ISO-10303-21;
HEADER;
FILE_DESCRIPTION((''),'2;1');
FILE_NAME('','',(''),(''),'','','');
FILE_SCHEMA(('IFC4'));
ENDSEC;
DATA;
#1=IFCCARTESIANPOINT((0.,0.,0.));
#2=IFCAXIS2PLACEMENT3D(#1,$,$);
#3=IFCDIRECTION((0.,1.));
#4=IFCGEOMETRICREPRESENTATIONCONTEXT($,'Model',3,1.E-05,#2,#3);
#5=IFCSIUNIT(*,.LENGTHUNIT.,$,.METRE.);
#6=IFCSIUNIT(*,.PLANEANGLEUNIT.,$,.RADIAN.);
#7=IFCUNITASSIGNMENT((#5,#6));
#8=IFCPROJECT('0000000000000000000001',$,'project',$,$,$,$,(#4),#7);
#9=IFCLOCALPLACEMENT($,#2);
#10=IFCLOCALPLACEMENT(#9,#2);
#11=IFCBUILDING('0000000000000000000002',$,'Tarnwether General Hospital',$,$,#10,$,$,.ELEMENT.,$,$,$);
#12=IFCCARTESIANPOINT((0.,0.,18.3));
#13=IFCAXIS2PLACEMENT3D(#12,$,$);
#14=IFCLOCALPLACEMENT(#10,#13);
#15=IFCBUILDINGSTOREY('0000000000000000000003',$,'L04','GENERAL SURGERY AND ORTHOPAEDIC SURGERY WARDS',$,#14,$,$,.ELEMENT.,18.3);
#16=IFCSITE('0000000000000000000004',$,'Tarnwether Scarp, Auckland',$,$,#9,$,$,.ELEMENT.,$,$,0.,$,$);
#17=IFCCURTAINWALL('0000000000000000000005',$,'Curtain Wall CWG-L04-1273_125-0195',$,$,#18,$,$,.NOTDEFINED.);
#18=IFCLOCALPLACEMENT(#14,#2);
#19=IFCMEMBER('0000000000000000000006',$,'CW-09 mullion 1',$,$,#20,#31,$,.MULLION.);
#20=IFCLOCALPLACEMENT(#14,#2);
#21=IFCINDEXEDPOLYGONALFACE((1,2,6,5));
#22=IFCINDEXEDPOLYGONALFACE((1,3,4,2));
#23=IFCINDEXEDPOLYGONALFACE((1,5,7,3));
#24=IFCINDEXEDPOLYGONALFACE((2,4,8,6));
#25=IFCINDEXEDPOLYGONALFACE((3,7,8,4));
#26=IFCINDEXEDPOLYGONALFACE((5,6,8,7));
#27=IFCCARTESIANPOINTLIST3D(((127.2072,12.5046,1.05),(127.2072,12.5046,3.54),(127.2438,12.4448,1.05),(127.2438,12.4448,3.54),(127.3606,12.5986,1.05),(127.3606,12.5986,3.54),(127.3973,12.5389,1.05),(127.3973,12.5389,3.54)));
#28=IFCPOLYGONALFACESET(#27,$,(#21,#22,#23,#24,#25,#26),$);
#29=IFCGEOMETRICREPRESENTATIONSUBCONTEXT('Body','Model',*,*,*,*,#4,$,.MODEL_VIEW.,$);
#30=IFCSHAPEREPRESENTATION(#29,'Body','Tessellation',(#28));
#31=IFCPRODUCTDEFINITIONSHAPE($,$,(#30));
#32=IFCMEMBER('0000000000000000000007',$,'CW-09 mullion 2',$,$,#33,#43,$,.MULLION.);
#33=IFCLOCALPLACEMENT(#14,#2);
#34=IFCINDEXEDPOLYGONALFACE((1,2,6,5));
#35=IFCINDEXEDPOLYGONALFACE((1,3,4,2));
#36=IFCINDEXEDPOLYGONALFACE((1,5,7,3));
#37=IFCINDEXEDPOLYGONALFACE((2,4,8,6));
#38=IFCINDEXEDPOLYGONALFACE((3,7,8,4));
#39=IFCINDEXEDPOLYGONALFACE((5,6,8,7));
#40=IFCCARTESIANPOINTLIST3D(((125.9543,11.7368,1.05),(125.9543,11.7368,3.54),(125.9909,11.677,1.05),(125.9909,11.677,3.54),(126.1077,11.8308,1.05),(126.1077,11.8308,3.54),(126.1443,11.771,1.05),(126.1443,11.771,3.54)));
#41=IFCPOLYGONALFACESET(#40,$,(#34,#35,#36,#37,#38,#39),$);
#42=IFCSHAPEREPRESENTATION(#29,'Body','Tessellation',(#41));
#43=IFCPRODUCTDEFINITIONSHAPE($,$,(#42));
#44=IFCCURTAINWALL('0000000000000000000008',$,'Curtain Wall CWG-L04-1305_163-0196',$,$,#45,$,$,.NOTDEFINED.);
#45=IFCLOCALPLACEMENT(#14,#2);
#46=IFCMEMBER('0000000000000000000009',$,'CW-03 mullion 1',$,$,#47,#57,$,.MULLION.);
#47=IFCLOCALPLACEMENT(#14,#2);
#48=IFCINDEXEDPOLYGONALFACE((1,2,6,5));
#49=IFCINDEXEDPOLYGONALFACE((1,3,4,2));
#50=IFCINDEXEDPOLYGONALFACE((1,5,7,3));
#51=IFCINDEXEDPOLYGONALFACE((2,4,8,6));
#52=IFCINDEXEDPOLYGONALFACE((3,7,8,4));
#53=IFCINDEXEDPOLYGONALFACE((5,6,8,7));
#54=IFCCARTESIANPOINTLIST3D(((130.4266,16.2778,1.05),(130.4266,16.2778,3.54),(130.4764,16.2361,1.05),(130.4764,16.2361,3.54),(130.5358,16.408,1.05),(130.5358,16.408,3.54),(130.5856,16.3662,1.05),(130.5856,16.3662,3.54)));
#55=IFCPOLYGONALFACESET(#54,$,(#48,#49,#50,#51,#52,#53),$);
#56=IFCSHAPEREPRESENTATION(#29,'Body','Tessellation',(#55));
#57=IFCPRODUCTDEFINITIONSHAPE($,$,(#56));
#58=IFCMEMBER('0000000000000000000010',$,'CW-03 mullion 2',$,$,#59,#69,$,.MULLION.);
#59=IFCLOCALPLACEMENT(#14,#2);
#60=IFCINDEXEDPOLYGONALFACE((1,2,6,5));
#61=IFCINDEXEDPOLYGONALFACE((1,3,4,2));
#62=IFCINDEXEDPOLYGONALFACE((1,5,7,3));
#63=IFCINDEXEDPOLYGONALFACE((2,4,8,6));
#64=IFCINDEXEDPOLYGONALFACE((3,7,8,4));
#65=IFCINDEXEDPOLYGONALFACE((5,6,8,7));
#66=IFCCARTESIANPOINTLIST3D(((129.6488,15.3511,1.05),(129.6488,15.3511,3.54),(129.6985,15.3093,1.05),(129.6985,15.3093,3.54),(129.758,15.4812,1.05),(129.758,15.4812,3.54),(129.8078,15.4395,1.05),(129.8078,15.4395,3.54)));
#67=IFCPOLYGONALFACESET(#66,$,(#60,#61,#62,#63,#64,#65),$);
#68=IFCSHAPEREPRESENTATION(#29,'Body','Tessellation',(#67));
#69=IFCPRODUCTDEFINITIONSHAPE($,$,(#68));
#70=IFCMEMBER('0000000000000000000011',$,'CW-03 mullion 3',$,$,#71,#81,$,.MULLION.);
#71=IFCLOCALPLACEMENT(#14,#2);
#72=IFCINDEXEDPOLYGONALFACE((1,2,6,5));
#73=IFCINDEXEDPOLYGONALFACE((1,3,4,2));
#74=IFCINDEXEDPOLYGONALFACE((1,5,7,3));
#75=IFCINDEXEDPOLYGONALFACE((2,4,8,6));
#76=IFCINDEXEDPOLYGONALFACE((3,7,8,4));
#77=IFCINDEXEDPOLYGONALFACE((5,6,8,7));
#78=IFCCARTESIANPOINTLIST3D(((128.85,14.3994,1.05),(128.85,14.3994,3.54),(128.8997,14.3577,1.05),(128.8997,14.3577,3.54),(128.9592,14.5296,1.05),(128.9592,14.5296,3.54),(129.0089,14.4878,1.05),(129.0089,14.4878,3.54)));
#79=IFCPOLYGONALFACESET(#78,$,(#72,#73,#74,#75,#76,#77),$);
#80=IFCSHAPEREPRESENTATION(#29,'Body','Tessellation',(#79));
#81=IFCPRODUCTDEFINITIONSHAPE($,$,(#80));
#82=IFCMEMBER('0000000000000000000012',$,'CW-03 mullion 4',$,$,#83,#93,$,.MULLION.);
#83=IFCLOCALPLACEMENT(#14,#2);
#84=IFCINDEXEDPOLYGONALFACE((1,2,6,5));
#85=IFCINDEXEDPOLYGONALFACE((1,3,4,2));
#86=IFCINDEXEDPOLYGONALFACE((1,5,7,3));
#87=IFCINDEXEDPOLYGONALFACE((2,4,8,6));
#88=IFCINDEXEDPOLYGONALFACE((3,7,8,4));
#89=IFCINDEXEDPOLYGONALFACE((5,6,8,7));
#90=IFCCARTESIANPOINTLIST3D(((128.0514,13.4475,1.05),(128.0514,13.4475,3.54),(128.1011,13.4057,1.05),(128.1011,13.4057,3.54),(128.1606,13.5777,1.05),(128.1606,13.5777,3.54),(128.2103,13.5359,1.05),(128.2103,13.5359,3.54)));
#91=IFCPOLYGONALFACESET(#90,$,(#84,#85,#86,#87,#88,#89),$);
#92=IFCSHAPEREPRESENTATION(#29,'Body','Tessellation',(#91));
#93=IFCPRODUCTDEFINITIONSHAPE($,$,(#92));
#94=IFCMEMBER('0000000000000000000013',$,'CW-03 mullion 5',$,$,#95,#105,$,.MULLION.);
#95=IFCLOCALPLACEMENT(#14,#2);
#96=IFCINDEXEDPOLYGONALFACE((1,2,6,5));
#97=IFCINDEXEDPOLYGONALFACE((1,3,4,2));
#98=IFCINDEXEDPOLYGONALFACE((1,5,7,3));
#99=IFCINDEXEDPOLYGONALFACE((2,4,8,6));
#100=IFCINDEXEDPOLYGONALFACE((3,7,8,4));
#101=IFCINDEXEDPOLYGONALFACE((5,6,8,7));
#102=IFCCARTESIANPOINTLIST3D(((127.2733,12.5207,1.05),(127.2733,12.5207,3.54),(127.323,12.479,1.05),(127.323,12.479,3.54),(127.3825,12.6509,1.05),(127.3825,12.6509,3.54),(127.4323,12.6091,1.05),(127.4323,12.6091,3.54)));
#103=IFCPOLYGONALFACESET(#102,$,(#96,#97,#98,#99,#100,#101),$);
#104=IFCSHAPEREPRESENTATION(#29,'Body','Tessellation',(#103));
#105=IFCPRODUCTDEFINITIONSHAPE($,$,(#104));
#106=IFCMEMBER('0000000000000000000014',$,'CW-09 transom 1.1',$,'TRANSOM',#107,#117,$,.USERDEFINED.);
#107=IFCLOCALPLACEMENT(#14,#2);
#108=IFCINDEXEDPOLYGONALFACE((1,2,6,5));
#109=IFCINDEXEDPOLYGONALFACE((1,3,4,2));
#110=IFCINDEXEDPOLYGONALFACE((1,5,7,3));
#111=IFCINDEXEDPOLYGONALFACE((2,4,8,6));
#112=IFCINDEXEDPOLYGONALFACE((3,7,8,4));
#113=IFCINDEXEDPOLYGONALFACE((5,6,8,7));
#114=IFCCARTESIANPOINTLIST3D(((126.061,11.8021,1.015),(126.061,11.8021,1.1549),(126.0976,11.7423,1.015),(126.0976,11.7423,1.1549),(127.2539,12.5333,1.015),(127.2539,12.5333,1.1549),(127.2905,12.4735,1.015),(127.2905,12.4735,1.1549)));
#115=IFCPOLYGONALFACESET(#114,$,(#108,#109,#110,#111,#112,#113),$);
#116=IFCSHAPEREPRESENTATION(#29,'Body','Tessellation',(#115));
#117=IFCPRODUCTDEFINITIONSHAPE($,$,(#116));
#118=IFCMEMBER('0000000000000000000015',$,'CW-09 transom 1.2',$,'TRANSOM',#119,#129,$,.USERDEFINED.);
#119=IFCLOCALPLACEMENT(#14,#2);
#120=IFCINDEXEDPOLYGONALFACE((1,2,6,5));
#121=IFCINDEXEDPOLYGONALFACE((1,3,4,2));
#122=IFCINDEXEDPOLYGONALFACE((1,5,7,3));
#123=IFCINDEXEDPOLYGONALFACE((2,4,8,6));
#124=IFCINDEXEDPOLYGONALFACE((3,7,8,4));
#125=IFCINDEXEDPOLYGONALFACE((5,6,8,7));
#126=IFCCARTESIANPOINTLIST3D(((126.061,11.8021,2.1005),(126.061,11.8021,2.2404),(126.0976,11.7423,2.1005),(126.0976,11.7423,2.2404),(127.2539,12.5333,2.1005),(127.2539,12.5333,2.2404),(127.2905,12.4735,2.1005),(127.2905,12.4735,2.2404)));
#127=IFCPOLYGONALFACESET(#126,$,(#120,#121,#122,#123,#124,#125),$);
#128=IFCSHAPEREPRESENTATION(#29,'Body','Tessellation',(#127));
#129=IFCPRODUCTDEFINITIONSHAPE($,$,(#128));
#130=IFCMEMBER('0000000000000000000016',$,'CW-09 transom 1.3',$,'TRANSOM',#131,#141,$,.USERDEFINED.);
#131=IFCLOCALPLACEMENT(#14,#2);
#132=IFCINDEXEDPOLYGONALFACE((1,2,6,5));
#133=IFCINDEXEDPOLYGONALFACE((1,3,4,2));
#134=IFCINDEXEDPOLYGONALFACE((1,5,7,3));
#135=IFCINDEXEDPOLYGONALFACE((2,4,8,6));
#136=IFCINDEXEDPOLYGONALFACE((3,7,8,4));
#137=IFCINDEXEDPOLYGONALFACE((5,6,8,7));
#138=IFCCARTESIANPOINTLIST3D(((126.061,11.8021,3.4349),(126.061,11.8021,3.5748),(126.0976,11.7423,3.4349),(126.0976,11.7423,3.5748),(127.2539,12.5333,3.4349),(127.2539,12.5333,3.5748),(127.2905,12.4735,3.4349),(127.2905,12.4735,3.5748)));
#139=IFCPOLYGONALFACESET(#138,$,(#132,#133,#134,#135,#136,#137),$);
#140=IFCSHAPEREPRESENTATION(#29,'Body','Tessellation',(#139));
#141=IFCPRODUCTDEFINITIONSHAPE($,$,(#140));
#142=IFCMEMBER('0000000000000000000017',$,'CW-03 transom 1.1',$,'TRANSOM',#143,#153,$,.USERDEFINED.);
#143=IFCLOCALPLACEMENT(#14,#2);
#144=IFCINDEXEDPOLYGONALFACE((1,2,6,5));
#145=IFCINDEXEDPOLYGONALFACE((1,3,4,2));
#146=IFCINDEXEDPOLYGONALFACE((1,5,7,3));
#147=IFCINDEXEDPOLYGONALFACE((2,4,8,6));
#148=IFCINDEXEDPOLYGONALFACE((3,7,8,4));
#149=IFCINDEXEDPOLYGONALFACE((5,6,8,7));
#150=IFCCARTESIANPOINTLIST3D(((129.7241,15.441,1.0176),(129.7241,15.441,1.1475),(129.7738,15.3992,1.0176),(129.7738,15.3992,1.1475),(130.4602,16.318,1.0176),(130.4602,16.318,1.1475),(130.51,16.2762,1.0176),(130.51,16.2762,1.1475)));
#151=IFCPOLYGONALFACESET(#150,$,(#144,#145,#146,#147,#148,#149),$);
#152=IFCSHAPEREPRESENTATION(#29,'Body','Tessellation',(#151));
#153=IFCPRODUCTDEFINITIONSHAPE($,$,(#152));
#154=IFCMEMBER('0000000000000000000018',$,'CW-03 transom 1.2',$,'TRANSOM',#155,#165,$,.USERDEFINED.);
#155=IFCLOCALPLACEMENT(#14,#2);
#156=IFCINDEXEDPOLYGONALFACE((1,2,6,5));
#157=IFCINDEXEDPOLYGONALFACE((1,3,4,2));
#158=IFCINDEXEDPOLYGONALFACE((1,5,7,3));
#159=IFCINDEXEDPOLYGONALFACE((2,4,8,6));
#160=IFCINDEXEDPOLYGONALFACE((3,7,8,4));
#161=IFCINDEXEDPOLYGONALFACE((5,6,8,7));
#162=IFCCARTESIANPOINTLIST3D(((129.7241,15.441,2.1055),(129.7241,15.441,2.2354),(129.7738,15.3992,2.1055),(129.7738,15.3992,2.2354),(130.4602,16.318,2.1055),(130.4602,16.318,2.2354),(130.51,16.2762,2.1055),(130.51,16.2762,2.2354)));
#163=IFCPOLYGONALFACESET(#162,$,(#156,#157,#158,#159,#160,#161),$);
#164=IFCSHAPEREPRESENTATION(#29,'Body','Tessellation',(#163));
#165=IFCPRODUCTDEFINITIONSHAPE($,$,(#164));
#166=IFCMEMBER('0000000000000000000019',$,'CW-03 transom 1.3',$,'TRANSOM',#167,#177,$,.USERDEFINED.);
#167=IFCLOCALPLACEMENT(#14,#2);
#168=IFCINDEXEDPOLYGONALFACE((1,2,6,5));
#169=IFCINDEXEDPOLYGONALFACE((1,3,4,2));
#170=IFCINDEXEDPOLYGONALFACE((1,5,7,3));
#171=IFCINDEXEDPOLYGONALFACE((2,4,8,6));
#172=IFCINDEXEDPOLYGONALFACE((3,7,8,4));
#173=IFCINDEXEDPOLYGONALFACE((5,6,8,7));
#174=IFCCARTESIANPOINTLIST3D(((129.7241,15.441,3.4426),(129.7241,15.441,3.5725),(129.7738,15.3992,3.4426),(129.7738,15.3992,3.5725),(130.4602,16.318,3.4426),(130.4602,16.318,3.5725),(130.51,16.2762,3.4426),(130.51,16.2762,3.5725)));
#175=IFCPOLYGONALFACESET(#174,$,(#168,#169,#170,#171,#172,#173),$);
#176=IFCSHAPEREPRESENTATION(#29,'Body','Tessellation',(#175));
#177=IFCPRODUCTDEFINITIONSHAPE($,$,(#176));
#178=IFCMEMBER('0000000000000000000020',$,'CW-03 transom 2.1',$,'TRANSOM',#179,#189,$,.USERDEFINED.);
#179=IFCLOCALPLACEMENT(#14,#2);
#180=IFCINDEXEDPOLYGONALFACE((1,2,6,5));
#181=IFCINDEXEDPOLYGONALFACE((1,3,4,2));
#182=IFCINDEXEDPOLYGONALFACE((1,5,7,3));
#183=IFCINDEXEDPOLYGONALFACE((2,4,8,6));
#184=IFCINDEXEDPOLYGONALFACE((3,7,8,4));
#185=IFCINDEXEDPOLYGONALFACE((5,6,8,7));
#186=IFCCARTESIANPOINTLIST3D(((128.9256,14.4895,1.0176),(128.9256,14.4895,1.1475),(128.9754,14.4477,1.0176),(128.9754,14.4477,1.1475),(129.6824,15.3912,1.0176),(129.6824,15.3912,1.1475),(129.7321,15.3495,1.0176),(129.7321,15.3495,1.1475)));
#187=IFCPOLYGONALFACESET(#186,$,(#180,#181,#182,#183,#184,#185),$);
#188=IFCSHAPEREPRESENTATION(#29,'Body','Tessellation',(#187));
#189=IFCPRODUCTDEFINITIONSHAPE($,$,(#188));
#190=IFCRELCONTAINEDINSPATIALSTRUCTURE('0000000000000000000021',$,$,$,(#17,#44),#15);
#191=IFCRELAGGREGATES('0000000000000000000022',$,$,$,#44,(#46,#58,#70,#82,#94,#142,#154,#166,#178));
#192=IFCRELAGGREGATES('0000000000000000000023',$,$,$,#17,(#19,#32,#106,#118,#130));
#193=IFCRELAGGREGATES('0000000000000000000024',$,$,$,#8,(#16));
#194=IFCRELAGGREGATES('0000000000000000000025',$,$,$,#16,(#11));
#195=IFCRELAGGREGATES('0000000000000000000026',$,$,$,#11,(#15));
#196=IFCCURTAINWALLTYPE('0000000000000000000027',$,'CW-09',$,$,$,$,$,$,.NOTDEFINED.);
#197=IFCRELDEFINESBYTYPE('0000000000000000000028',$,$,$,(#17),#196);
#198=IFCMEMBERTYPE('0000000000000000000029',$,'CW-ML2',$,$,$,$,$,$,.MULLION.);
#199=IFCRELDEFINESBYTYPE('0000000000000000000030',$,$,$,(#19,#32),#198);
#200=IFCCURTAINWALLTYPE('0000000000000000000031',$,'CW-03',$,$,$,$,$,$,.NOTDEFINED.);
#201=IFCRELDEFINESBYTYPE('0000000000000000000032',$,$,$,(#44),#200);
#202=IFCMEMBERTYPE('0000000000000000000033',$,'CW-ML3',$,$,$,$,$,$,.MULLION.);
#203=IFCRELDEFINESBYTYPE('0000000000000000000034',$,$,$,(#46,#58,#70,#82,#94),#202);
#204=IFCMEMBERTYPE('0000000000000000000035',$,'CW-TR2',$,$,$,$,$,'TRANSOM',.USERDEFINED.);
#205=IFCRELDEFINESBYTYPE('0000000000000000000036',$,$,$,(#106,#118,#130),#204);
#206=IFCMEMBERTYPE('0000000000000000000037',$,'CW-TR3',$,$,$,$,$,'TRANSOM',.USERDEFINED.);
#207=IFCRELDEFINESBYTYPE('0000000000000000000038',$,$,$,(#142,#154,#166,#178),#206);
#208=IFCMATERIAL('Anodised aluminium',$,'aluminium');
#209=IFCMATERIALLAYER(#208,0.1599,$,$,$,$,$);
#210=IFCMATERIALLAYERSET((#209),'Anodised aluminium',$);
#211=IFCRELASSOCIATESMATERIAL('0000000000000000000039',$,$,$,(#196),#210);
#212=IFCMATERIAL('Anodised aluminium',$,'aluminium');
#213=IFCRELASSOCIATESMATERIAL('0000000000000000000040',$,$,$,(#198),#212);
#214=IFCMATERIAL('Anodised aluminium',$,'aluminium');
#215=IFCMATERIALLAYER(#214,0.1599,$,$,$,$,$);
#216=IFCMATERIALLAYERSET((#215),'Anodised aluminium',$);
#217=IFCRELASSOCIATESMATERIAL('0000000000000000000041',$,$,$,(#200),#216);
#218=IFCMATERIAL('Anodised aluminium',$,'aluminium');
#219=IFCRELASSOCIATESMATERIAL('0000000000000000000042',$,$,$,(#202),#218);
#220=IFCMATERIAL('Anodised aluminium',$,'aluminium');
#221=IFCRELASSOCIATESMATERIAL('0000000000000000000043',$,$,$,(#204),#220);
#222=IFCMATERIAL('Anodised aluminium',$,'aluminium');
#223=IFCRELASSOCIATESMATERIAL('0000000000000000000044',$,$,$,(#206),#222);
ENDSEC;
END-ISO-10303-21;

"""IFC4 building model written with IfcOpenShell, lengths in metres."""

from ifc_helpers import new_model, si_unit, direction, frame, origin, origin_2d, place, context, subcontext, project, spatial, rectangle, extrude, material, layer, layer_set, material_profile, profile_set, type_object, element, aggregate, save


model = new_model("IFC4")

# Units and contexts
model_context = context("Model", 3, precision=1e-05, world=origin(), true_north=direction((0.0, 1.0)))
body_context = subcontext(model_context, "Body", "Model", "MODEL_VIEW")
ifc_project = project(units=[si_unit("LENGTHUNIT", "METRE"), si_unit("PLANEANGLEUNIT", "RADIAN")], contexts=[model_context])

# Site, building, storey
site_placement = place(None, origin())
site = spatial("IfcSite", under=ifc_project, at=site_placement, Name="Tarnwether Scarp, Auckland", CompositionType="ELEMENT", RefElevation=0.0)
building_placement = place(site_placement, origin())
building = spatial("IfcBuilding", under=site, at=building_placement, Name="Tarnwether General Hospital", CompositionType="ELEMENT")
storey_placement = place(building_placement, frame((0.0, 0.0, 18.3)))
storey = spatial("IfcBuildingStorey", under=building, at=storey_placement, Name="L04", Description="GENERAL SURGERY AND ORTHOPAEDIC SURGERY WARDS", CompositionType="ELEMENT", Elevation=18.3)

# Curtain walls, members
ifc_material_1 = material(Name="Anodised aluminium", Category="aluminium")
ifc_layer_1 = layer(ifc_material_1, 0.1599)
ifc_layer_set_1 = layer_set([ifc_layer_1], Name="Anodised aluminium")
curtain_wall_type_1 = type_object("IfcCurtainWallType", Name="CW-09", PredefinedType="NOTDEFINED", material=ifc_layer_set_1)
curtain_wall_1_placement = place(storey_placement, origin())
curtain_wall_1 = element("IfcCurtainWall", 1, at=curtain_wall_1_placement, inside=storey, type_object=curtain_wall_type_1, Name="Curtain Wall CWG-L04-1273_125-0195", PredefinedType="NOTDEFINED")
ifc_material_2 = material(Name="Anodised aluminium", Category="aluminium")
ifc_material_profile_1 = material_profile(ifc_material_2, rectangle(XDim=0.0701, YDim=0.1799, at=origin_2d()), Name="ALU-MUL-70x180")
ifc_profile_set_1 = profile_set([ifc_material_profile_1], Name="Anodised aluminium")
member_type_1 = type_object("IfcMemberType", Name="CW-ML2", PredefinedType="MULLION", material=ifc_profile_set_1)
member_1_placement = place(storey_placement, frame((127.3022, 12.5217, 1.05), z_axis=(0.0, 0.0, 1.0), x_axis=(0.522509, -0.852634, 0.0)))
member_1 = element("IfcMember", 2, at=member_1_placement, type_object=member_type_1, Name="CW-09 mullion 1", PredefinedType="MULLION", context=body_context, shape_type="SweptSolid", body=[
    extrude(rectangle(XDim=0.0701, YDim=0.1799, at=origin_2d()), origin(), (0.0, 0.0, 1.0), 2.49),
])
member_2_placement = place(storey_placement, frame((126.0493, 11.7539, 1.05), z_axis=(0.0, 0.0, 1.0), x_axis=(0.522509, -0.852634, 0.0)))
member_2 = element("IfcMember", 3, at=member_2_placement, type_object=member_type_1, Name="CW-09 mullion 2", PredefinedType="MULLION", context=body_context, shape_type="SweptSolid", body=[
    extrude(rectangle(XDim=0.0701, YDim=0.1799, at=origin_2d()), origin(), (0.0, 0.0, 1.0), 2.49),
])
ifc_material_3 = material(Name="Anodised aluminium", Category="aluminium")
ifc_layer_2 = layer(ifc_material_3, 0.1599)
ifc_layer_set_2 = layer_set([ifc_layer_2], Name="Anodised aluminium")
curtain_wall_type_2 = type_object("IfcCurtainWallType", Name="CW-03", PredefinedType="NOTDEFINED", material=ifc_layer_set_2)
curtain_wall_2_placement = place(storey_placement, origin())
curtain_wall_2 = element("IfcCurtainWall", 4, at=curtain_wall_2_placement, inside=storey, type_object=curtain_wall_type_2, Name="Curtain Wall CWG-L04-1305_163-0196", PredefinedType="NOTDEFINED")
ifc_material_4 = material(Name="Anodised aluminium", Category="aluminium")
ifc_material_profile_2 = material_profile(ifc_material_4, rectangle(XDim=0.0649, YDim=0.1699, at=origin_2d()), Name="ALU-MUL-65x170")
ifc_profile_set_2 = profile_set([ifc_material_profile_2], Name="Anodised aluminium")
member_type_2 = type_object("IfcMemberType", Name="CW-ML3", PredefinedType="MULLION", material=ifc_profile_set_2)
member_3_placement = place(storey_placement, frame((130.5061, 16.322, 1.05), z_axis=(0.0, 0.0, 1.0), x_axis=(0.76599, -0.642852, 0.0)))
member_3 = element("IfcMember", 5, at=member_3_placement, type_object=member_type_2, Name="CW-03 mullion 1", PredefinedType="MULLION", context=body_context, shape_type="SweptSolid", body=[
    extrude(rectangle(XDim=0.0649, YDim=0.1699, at=origin_2d()), origin(), (0.0, 0.0, 1.0), 2.49),
])
member_4_placement = place(storey_placement, frame((129.7283, 15.3953, 1.05), z_axis=(0.0, 0.0, 1.0), x_axis=(0.76599, -0.642852, 0.0)))
member_4 = element("IfcMember", 6, at=member_4_placement, type_object=member_type_2, Name="CW-03 mullion 2", PredefinedType="MULLION", context=body_context, shape_type="SweptSolid", body=[
    extrude(rectangle(XDim=0.0649, YDim=0.1699, at=origin_2d()), origin(), (0.0, 0.0, 1.0), 2.49),
])
member_5_placement = place(storey_placement, frame((128.9294, 14.4436, 1.05), z_axis=(0.0, 0.0, 1.0), x_axis=(0.76599, -0.642852, 0.0)))
member_5 = element("IfcMember", 7, at=member_5_placement, type_object=member_type_2, Name="CW-03 mullion 3", PredefinedType="MULLION", context=body_context, shape_type="SweptSolid", body=[
    extrude(rectangle(XDim=0.0649, YDim=0.1699, at=origin_2d()), origin(), (0.0, 0.0, 1.0), 2.49),
])
member_6_placement = place(storey_placement, frame((128.1309, 13.4917, 1.05), z_axis=(0.0, 0.0, 1.0), x_axis=(0.76599, -0.642852, 0.0)))
member_6 = element("IfcMember", 8, at=member_6_placement, type_object=member_type_2, Name="CW-03 mullion 4", PredefinedType="MULLION", context=body_context, shape_type="SweptSolid", body=[
    extrude(rectangle(XDim=0.0649, YDim=0.1699, at=origin_2d()), origin(), (0.0, 0.0, 1.0), 2.49),
])
member_7_placement = place(storey_placement, frame((127.3528, 12.5649, 1.05), z_axis=(0.0, 0.0, 1.0), x_axis=(0.76599, -0.642852, 0.0)))
member_7 = element("IfcMember", 9, at=member_7_placement, type_object=member_type_2, Name="CW-03 mullion 5", PredefinedType="MULLION", context=body_context, shape_type="SweptSolid", body=[
    extrude(rectangle(XDim=0.0649, YDim=0.1699, at=origin_2d()), origin(), (0.0, 0.0, 1.0), 2.49),
])

# Members
ifc_material_5 = material(Name="Anodised aluminium", Category="aluminium")
ifc_material_profile_3 = material_profile(ifc_material_5, rectangle(XDim=0.0701, YDim=0.1399, at=origin_2d()), Name="ALU-TRN-70x140")
ifc_profile_set_3 = profile_set([ifc_material_profile_3], Name="Anodised aluminium")
member_type_3 = type_object("IfcMemberType", Name="CW-TR2", ElementType="TRANSOM", PredefinedType="USERDEFINED", material=ifc_profile_set_3)
member_8_placement = place(storey_placement, frame((127.2722, 12.5034, 1.085), z_axis=(-0.852574, -0.522607, 0.0), x_axis=(0.522607, -0.852574, 0.0)))
member_8 = element("IfcMember", 10, at=member_8_placement, type_object=member_type_3, Name="CW-09 transom 1.1", ObjectType="TRANSOM", PredefinedType="USERDEFINED", context=body_context, shape_type="SweptSolid", body=[
    extrude(rectangle(XDim=0.0701, YDim=0.1399, at=origin_2d()), origin(), (0.0, 0.0, 1.0), 1.3992),
])
member_9_placement = place(storey_placement, frame((127.2722, 12.5034, 2.1704), z_axis=(-0.852574, -0.522607, 0.0), x_axis=(0.522607, -0.852574, 0.0)))
member_9 = element("IfcMember", 11, at=member_9_placement, type_object=member_type_3, Name="CW-09 transom 1.2", ObjectType="TRANSOM", PredefinedType="USERDEFINED", context=body_context, shape_type="SweptSolid", body=[
    extrude(rectangle(XDim=0.0701, YDim=0.1399, at=origin_2d()), origin(), (0.0, 0.0, 1.0), 1.3992),
])
member_10_placement = place(storey_placement, frame((127.2722, 12.5034, 3.5049), z_axis=(-0.852574, -0.522607, 0.0), x_axis=(0.522607, -0.852574, 0.0)))
member_10 = element("IfcMember", 12, at=member_10_placement, type_object=member_type_3, Name="CW-09 transom 1.3", ObjectType="TRANSOM", PredefinedType="USERDEFINED", context=body_context, shape_type="SweptSolid", body=[
    extrude(rectangle(XDim=0.0701, YDim=0.1399, at=origin_2d()), origin(), (0.0, 0.0, 1.0), 1.3992),
])
ifc_material_6 = material(Name="Anodised aluminium", Category="aluminium")
ifc_material_profile_4 = material_profile(ifc_material_6, rectangle(XDim=0.0649, YDim=0.1299, at=origin_2d()), Name="ALU-TRN-65x130")
ifc_profile_set_4 = profile_set([ifc_material_profile_4], Name="Anodised aluminium")
member_type_4 = type_object("IfcMemberType", Name="CW-TR3", ElementType="TRANSOM", PredefinedType="USERDEFINED", material=ifc_profile_set_4)
member_11_placement = place(storey_placement, frame((130.4851, 16.2971, 1.0825), z_axis=(-0.642907, -0.765944, 0.0), x_axis=(0.765944, -0.642907, 0.0)))
member_11 = element("IfcMember", 13, at=member_11_placement, type_object=member_type_4, Name="CW-03 transom 1.1", ObjectType="TRANSOM", PredefinedType="USERDEFINED", context=body_context, shape_type="SweptSolid", body=[
    extrude(rectangle(XDim=0.0649, YDim=0.1299, at=origin_2d()), origin(), (0.0, 0.0, 1.0), 1.145),
])
member_12_placement = place(storey_placement, frame((130.4851, 16.2971, 2.1704), z_axis=(-0.642907, -0.765944, 0.0), x_axis=(0.765944, -0.642907, 0.0)))
member_12 = element("IfcMember", 14, at=member_12_placement, type_object=member_type_4, Name="CW-03 transom 1.2", ObjectType="TRANSOM", PredefinedType="USERDEFINED", context=body_context, shape_type="SweptSolid", body=[
    extrude(rectangle(XDim=0.0649, YDim=0.1299, at=origin_2d()), origin(), (0.0, 0.0, 1.0), 1.145),
])
member_13_placement = place(storey_placement, frame((130.4851, 16.2971, 3.5076), z_axis=(-0.642907, -0.765944, 0.0), x_axis=(0.765944, -0.642907, 0.0)))
member_13 = element("IfcMember", 15, at=member_13_placement, type_object=member_type_4, Name="CW-03 transom 1.3", ObjectType="TRANSOM", PredefinedType="USERDEFINED", context=body_context, shape_type="SweptSolid", body=[
    extrude(rectangle(XDim=0.0649, YDim=0.1299, at=origin_2d()), origin(), (0.0, 0.0, 1.0), 1.145),
])
member_14_placement = place(storey_placement, frame((129.7073, 15.3704, 1.0825), z_axis=(-0.642832, -0.766007, 0.0), x_axis=(0.766007, -0.642832, 0.0)))
member_14 = element("IfcMember", 16, at=member_14_placement, type_object=member_type_4, Name="CW-03 transom 2.1", ObjectType="TRANSOM", PredefinedType="USERDEFINED", context=body_context, shape_type="SweptSolid", body=[
    extrude(rectangle(XDim=0.0649, YDim=0.1299, at=origin_2d()), origin(), (0.0, 0.0, 1.0), 1.1772),
])

aggregate(curtain_wall_2, [member_3, member_4, member_5, member_6, member_7, member_11, member_12, member_13, member_14])
aggregate(curtain_wall_1, [member_1, member_2, member_8, member_9, member_10])

save(model, "model.ifc")
